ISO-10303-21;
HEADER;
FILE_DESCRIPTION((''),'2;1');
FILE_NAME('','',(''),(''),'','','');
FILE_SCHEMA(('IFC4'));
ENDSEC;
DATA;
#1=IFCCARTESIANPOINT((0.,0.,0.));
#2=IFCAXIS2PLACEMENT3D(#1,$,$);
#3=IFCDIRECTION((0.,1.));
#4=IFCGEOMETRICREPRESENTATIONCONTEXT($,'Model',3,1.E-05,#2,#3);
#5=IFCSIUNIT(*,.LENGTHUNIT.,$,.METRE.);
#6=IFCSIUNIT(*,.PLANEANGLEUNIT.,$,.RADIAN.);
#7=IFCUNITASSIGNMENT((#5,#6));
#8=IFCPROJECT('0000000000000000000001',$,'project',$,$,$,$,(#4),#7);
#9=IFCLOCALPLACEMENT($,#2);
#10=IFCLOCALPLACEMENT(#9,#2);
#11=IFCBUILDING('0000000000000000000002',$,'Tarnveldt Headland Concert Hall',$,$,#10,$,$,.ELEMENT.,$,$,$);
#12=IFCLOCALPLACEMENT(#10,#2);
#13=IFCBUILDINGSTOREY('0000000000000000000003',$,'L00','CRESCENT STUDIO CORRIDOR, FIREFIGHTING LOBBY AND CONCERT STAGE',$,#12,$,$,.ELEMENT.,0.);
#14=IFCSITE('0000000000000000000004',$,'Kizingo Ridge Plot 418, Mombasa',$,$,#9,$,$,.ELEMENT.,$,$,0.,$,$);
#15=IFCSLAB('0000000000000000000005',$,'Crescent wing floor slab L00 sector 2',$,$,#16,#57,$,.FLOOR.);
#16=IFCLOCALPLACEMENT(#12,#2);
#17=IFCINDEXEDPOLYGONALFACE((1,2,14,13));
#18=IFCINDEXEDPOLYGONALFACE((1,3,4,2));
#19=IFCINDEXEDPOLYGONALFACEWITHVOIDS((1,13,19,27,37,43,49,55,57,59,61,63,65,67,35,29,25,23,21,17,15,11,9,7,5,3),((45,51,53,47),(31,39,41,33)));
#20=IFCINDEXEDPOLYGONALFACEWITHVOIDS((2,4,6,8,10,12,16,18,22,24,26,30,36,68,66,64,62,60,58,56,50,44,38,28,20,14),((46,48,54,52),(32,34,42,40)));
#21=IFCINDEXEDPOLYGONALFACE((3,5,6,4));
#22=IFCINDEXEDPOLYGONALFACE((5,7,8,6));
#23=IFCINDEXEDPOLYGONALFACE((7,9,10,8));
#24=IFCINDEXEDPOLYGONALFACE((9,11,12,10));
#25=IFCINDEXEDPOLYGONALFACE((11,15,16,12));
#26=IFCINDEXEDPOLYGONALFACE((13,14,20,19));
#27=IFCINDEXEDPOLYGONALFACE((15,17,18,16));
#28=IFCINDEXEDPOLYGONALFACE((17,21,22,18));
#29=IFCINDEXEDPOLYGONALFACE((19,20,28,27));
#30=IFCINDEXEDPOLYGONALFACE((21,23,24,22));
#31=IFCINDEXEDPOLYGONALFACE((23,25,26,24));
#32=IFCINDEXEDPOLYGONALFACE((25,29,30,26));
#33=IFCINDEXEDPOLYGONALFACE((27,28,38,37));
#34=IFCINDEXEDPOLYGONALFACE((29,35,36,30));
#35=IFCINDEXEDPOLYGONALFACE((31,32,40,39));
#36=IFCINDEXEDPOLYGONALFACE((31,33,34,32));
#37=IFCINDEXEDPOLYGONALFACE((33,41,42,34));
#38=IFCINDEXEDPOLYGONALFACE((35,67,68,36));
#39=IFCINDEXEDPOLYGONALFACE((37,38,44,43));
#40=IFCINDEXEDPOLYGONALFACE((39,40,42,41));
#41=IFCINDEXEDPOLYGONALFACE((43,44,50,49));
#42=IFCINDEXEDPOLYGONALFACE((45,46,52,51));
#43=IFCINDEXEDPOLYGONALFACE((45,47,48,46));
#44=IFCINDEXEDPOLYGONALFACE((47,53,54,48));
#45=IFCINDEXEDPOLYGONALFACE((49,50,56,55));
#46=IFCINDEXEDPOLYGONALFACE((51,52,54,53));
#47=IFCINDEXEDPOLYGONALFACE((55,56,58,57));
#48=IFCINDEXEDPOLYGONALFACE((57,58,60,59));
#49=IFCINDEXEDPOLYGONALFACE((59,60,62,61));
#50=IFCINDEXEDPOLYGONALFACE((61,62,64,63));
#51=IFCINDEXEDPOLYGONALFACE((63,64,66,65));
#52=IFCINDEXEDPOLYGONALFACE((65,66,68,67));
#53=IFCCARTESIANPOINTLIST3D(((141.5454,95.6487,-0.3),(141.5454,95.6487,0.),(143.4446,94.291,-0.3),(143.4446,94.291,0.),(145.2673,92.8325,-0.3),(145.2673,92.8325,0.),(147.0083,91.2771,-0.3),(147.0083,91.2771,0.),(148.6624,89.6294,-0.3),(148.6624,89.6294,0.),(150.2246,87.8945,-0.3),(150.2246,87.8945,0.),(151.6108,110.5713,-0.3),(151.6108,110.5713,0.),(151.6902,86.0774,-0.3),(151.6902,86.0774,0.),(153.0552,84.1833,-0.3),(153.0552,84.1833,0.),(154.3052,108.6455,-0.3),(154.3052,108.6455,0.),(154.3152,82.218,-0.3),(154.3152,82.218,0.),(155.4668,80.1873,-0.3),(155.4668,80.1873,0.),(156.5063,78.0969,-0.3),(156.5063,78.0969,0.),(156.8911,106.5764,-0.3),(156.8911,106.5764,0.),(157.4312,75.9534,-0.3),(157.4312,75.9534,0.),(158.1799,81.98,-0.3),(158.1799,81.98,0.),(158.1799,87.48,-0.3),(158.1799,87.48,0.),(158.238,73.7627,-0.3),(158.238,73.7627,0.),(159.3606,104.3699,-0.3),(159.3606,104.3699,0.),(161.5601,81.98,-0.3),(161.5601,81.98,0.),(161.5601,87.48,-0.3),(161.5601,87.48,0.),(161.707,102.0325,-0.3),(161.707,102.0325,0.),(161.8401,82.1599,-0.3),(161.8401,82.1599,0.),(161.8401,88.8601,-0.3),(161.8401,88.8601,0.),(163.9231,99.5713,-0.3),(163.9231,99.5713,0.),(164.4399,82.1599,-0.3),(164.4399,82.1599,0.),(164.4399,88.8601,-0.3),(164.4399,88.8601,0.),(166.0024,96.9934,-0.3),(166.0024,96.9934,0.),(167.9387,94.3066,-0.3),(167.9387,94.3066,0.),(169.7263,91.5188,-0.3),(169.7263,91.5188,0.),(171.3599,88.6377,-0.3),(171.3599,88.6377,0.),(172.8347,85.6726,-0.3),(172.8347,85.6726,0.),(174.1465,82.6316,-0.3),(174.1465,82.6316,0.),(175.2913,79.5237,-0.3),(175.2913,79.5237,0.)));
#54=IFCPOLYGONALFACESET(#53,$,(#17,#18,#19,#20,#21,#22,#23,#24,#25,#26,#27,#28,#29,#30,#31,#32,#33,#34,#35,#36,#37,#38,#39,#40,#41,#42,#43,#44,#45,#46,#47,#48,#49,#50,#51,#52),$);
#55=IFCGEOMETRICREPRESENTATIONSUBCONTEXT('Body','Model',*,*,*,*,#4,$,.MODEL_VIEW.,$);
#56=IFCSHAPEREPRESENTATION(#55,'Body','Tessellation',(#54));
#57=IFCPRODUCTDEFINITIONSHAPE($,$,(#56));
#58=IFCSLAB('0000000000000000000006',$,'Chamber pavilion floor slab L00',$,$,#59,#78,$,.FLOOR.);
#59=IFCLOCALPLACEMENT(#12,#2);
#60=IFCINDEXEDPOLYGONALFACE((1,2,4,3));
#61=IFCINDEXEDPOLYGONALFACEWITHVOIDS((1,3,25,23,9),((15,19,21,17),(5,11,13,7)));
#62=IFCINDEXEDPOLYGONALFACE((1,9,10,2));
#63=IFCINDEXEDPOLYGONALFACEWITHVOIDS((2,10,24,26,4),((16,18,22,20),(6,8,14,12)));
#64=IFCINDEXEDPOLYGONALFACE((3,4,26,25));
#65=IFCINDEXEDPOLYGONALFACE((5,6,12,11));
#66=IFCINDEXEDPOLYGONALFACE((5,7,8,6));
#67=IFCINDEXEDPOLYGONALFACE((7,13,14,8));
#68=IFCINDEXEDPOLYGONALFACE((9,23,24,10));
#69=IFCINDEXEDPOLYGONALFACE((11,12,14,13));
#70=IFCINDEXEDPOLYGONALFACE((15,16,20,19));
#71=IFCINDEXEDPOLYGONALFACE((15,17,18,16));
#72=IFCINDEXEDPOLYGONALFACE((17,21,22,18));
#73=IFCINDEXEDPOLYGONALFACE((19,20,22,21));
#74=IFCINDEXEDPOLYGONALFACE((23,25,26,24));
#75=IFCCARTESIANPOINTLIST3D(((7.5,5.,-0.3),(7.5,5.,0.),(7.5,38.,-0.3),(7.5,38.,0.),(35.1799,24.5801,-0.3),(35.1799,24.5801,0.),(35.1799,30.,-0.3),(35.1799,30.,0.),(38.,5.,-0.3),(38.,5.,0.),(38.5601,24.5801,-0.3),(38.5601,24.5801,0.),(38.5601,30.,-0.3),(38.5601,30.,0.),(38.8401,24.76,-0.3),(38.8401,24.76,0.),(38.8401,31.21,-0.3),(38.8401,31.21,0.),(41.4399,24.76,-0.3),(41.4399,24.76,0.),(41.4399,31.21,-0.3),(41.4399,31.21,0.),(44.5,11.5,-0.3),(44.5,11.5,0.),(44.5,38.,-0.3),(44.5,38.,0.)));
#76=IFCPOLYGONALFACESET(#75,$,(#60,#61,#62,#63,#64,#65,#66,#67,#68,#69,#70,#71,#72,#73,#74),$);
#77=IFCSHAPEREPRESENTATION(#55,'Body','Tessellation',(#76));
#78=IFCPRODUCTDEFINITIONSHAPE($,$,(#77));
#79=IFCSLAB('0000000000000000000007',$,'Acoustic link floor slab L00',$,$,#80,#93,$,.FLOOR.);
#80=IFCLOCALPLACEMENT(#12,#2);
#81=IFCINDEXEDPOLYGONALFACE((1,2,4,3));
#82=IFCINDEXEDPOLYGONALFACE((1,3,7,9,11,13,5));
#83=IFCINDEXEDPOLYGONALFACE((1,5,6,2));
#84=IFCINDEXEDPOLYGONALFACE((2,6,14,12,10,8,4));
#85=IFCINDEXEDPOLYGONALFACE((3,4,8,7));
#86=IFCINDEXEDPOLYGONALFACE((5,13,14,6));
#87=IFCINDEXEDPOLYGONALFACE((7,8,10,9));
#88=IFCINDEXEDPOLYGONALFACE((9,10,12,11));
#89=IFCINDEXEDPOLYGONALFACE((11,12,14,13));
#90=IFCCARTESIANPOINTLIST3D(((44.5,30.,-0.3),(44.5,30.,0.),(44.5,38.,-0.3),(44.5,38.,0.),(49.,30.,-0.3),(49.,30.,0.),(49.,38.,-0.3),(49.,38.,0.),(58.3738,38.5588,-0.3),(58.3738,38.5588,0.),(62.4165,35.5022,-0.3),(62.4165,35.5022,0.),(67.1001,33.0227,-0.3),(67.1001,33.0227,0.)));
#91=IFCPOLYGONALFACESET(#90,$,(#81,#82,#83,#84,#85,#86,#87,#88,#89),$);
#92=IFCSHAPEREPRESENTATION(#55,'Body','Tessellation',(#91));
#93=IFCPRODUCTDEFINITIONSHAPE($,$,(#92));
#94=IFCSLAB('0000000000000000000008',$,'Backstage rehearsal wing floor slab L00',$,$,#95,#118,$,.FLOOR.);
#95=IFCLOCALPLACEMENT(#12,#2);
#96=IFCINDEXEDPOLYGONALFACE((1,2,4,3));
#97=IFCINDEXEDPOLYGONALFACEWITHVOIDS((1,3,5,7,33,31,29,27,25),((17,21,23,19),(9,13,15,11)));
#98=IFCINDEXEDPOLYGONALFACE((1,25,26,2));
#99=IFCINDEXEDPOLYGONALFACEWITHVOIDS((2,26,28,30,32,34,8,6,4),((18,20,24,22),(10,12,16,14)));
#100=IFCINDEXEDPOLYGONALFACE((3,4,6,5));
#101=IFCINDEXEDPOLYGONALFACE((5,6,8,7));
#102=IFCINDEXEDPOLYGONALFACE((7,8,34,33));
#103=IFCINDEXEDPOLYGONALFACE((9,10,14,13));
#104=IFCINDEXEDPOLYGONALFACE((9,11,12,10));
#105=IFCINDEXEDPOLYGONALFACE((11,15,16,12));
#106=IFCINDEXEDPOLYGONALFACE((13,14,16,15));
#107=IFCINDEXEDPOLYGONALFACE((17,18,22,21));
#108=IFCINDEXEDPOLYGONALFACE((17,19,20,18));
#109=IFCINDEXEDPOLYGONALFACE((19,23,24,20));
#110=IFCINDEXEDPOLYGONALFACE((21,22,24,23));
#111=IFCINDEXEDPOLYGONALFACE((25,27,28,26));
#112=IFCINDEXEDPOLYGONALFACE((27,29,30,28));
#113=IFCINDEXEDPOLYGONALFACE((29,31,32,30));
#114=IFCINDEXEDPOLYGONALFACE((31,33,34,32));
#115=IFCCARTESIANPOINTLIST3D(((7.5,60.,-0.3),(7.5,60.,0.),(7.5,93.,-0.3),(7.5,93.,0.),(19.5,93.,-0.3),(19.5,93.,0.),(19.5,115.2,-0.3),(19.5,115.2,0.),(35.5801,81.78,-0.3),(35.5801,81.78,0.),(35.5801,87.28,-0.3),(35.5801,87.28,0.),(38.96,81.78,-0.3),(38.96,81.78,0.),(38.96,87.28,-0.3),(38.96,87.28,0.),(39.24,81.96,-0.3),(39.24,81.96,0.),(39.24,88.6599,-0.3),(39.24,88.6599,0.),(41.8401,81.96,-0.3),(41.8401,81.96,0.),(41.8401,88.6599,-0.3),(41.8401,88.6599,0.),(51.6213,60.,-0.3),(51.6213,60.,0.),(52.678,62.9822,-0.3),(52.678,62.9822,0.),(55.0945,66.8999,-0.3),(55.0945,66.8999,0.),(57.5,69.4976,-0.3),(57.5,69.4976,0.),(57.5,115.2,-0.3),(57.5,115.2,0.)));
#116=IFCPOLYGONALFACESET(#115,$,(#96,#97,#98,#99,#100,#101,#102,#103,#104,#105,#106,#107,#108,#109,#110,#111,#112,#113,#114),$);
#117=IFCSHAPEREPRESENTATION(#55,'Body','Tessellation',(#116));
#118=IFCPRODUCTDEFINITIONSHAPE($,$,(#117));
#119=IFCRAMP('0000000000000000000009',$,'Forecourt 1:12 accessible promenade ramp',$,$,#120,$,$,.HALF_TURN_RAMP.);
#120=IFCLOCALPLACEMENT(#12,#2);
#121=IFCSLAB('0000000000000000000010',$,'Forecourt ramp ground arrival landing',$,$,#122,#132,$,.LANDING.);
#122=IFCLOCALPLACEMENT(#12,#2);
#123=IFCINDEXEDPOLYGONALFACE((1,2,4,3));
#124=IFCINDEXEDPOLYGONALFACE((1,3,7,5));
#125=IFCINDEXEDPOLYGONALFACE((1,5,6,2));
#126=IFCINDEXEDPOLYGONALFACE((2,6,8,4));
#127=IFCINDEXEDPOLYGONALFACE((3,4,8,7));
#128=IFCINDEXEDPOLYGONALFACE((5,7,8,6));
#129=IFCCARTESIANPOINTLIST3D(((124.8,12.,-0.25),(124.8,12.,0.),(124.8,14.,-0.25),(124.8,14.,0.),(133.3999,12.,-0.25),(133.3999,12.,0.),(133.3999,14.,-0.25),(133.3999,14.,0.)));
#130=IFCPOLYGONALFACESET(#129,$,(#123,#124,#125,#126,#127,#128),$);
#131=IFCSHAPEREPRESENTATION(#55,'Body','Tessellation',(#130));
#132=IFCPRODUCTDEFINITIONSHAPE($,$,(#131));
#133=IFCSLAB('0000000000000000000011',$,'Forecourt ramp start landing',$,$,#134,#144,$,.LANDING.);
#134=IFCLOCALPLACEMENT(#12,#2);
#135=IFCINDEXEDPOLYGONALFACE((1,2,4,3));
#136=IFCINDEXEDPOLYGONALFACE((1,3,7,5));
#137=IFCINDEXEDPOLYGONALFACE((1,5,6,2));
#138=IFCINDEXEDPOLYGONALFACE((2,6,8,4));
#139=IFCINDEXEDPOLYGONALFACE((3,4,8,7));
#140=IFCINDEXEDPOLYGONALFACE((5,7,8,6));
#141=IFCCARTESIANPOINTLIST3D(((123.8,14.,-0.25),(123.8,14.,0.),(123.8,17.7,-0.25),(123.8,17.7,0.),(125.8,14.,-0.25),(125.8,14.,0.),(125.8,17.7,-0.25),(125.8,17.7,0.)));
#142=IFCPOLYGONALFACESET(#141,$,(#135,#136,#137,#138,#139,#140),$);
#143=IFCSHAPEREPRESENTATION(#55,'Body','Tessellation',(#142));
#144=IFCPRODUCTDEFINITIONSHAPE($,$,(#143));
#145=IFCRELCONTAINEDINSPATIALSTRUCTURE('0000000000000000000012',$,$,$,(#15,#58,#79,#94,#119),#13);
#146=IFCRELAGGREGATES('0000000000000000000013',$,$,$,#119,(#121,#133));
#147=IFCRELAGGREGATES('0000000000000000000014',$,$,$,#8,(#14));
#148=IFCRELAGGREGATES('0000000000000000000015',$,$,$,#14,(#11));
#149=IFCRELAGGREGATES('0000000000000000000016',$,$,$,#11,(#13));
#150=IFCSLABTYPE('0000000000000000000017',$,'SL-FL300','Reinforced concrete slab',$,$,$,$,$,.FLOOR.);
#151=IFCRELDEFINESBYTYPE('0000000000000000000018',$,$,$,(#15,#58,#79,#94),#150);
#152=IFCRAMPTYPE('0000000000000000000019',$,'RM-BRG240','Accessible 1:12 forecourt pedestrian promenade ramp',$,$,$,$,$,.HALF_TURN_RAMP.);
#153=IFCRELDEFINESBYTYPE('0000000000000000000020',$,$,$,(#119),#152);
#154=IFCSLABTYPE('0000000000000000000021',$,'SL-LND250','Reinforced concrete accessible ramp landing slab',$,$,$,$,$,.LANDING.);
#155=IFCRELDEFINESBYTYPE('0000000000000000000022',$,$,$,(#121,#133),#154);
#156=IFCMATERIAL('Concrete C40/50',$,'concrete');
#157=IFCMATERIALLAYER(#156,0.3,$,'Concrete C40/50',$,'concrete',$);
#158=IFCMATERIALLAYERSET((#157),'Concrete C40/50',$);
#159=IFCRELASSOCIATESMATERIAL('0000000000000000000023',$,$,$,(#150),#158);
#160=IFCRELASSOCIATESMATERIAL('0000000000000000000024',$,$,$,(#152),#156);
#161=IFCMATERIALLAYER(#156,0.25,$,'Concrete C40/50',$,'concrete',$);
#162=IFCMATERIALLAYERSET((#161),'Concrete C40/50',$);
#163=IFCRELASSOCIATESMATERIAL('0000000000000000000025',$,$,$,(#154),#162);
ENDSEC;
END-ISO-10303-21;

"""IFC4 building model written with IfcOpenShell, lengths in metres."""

from ifc_helpers import new_model, si_unit, direction, frame, origin, place, context, subcontext, project, spatial, polyline, outline, extrude, material, layer, layer_set, type_object, element, aggregate, save


model = new_model("IFC4")

# Units and contexts
model_context = context("Model", 3, precision=1e-05, world=origin(), true_north=direction((0.0, 1.0)))
body_context = subcontext(model_context, "Body", "Model", "MODEL_VIEW")
ifc_project = project(units=[si_unit("LENGTHUNIT", "METRE"), si_unit("PLANEANGLEUNIT", "RADIAN")], contexts=[model_context])

# Site, building, storey
site_placement = place(None, origin())
site = spatial("IfcSite", under=ifc_project, at=site_placement, Name="Kizingo Ridge Plot 418, Mombasa", CompositionType="ELEMENT", RefElevation=0.0)
building_placement = place(site_placement, origin())
building = spatial("IfcBuilding", under=site, at=building_placement, Name="Tarnveldt Headland Concert Hall", CompositionType="ELEMENT")
storey_placement = place(building_placement, origin())
storey = spatial("IfcBuildingStorey", under=building, at=storey_placement, Name="L00", Description="CRESCENT STUDIO CORRIDOR, FIREFIGHTING LOBBY AND CONCERT STAGE", CompositionType="ELEMENT", Elevation=0.0)

# Shared definitions
ifc_material_1 = material(Name="Concrete C40/50", Category="concrete")

# Slabs
ifc_layer_1 = layer(ifc_material_1, 0.3, Name="Concrete C40/50", Category="concrete")
ifc_layer_set_1 = layer_set([ifc_layer_1], Name="Concrete C40/50")
slab_type_1 = type_object("IfcSlabType", Name="SL-FL300", Description="Reinforced concrete slab", PredefinedType="FLOOR", material=ifc_layer_set_1)
slab_1_placement = place(storey_placement, frame((0.0, 0.0, -0.3)))
element("IfcSlab", 1, at=slab_1_placement, inside=storey, type_object=slab_type_1, Name="Crescent wing floor slab L00 sector 2", PredefinedType="FLOOR", context=body_context, shape_type="SweptSolid", body=[
    extrude(outline(polyline([(157.4312, 75.9534), (158.238, 73.7627), (175.2913, 79.5237), (174.1465, 82.6316), (172.8347, 85.6726), (171.3599, 88.6377), (169.7263, 91.5188), (167.9387, 94.3066), (166.0024, 96.9934), (163.9231, 99.5713), (161.707, 102.0325), (159.3606, 104.3699), (156.8911, 106.5764), (154.3052, 108.6455), (151.6108, 110.5713), (141.5454, 95.6487), (143.4446, 94.291), (145.2673, 92.8325), (147.0083, 91.2771), (148.6624, 89.6294), (150.2246, 87.8945), (151.6902, 86.0774), (153.0552, 84.1833), (154.3152, 82.218), (155.4668, 80.1873), (156.5063, 78.0969), (157.4312, 75.9534)]), holes=[polyline([(158.1799, 87.48), (161.5601, 87.48), (161.5601, 81.98), (158.1799, 81.98), (158.1799, 87.48)]), polyline([(164.4399, 88.8601), (164.4399, 82.1599), (161.8401, 82.1599), (161.8401, 88.8601), (164.4399, 88.8601)])]), origin(), (0.0, 0.0, 1.0), 0.3),
])
slab_2_placement = place(storey_placement, frame((0.0, 0.0, -0.3)))
element("IfcSlab", 2, at=slab_2_placement, inside=storey, type_object=slab_type_1, Name="Chamber pavilion floor slab L00", PredefinedType="FLOOR", context=body_context, shape_type="SweptSolid", body=[
    extrude(outline(polyline([(44.5, 38.0), (7.5, 38.0), (7.5, 5.0), (38.0, 5.0), (44.5, 11.5), (44.5, 38.0)]), holes=[polyline([(35.1799, 30.0), (38.5601, 30.0), (38.5601, 24.5801), (35.1799, 24.5801), (35.1799, 30.0)]), polyline([(41.4399, 31.21), (41.4399, 24.76), (38.8401, 24.76), (38.8401, 31.21), (41.4399, 31.21)])]), origin(), (0.0, 0.0, 1.0), 0.3),
])
slab_3_placement = place(storey_placement, frame((0.0, 0.0, -0.3)))
element("IfcSlab", 3, at=slab_3_placement, inside=storey, type_object=slab_type_1, Name="Acoustic link floor slab L00", PredefinedType="FLOOR", context=body_context, shape_type="SweptSolid", body=[
    extrude(outline(polyline([(44.5, 30.0), (49.0, 30.0), (67.1001, 33.0227), (62.4165, 35.5022), (58.3738, 38.5588), (49.0, 38.0), (44.5, 38.0), (44.5, 30.0)])), origin(), (0.0, 0.0, 1.0), 0.3),
])
slab_4_placement = place(storey_placement, frame((0.0, 0.0, -0.3)))
element("IfcSlab", 4, at=slab_4_placement, inside=storey, type_object=slab_type_1, Name="Backstage rehearsal wing floor slab L00", PredefinedType="FLOOR", context=body_context, shape_type="SweptSolid", body=[
    extrude(outline(polyline([(19.5, 93.0), (7.5, 93.0), (7.5, 60.0), (51.6213, 60.0), (52.678, 62.9822), (55.0945, 66.8999), (57.5, 69.4976), (57.5, 115.2), (19.5, 115.2), (19.5, 93.0)]), holes=[polyline([(35.5801, 87.28), (38.96, 87.28), (38.96, 81.78), (35.5801, 81.78), (35.5801, 87.28)]), polyline([(41.8401, 88.6599), (41.8401, 81.96), (39.24, 81.96), (39.24, 88.6599), (41.8401, 88.6599)])]), origin(), (0.0, 0.0, 1.0), 0.3),
])

# Ramp, slabs
ramp_type = type_object("IfcRampType", Name="RM-BRG240", Description="Accessible 1:12 forecourt pedestrian promenade ramp", PredefinedType="HALF_TURN_RAMP", material=ifc_material_1)
ramp_placement = place(storey_placement, origin())
ramp = element("IfcRamp", 5, at=ramp_placement, inside=storey, type_object=ramp_type, Name="Forecourt 1:12 accessible promenade ramp", PredefinedType="HALF_TURN_RAMP")
ifc_layer_2 = layer(ifc_material_1, 0.25, Name="Concrete C40/50", Category="concrete")
ifc_layer_set_2 = layer_set([ifc_layer_2], Name="Concrete C40/50")
slab_type_2 = type_object("IfcSlabType", Name="SL-LND250", Description="Reinforced concrete accessible ramp landing slab", PredefinedType="LANDING", material=ifc_layer_set_2)
slab_5_placement = place(storey_placement, frame((0.0, 0.0, -0.25)))
slab_5 = element("IfcSlab", 6, at=slab_5_placement, type_object=slab_type_2, Name="Forecourt ramp ground arrival landing", PredefinedType="LANDING", context=body_context, shape_type="SweptSolid", body=[
    extrude(outline(polyline([(124.8, 12.0), (133.3999, 12.0), (133.3999, 14.0), (124.8, 14.0), (124.8, 12.0)])), origin(), (0.0, 0.0, 1.0), 0.25),
])
slab_6_placement = place(storey_placement, frame((0.0, 0.0, -0.25)))
slab_6 = element("IfcSlab", 7, at=slab_6_placement, type_object=slab_type_2, Name="Forecourt ramp start landing", PredefinedType="LANDING", context=body_context, shape_type="SweptSolid", body=[
    extrude(outline(polyline([(123.8, 14.0), (125.8, 14.0), (125.8, 17.7), (123.8, 17.7), (123.8, 14.0)])), origin(), (0.0, 0.0, 1.0), 0.25),
])
aggregate(ramp, [slab_5, slab_6])

save(model, "model.ifc")
